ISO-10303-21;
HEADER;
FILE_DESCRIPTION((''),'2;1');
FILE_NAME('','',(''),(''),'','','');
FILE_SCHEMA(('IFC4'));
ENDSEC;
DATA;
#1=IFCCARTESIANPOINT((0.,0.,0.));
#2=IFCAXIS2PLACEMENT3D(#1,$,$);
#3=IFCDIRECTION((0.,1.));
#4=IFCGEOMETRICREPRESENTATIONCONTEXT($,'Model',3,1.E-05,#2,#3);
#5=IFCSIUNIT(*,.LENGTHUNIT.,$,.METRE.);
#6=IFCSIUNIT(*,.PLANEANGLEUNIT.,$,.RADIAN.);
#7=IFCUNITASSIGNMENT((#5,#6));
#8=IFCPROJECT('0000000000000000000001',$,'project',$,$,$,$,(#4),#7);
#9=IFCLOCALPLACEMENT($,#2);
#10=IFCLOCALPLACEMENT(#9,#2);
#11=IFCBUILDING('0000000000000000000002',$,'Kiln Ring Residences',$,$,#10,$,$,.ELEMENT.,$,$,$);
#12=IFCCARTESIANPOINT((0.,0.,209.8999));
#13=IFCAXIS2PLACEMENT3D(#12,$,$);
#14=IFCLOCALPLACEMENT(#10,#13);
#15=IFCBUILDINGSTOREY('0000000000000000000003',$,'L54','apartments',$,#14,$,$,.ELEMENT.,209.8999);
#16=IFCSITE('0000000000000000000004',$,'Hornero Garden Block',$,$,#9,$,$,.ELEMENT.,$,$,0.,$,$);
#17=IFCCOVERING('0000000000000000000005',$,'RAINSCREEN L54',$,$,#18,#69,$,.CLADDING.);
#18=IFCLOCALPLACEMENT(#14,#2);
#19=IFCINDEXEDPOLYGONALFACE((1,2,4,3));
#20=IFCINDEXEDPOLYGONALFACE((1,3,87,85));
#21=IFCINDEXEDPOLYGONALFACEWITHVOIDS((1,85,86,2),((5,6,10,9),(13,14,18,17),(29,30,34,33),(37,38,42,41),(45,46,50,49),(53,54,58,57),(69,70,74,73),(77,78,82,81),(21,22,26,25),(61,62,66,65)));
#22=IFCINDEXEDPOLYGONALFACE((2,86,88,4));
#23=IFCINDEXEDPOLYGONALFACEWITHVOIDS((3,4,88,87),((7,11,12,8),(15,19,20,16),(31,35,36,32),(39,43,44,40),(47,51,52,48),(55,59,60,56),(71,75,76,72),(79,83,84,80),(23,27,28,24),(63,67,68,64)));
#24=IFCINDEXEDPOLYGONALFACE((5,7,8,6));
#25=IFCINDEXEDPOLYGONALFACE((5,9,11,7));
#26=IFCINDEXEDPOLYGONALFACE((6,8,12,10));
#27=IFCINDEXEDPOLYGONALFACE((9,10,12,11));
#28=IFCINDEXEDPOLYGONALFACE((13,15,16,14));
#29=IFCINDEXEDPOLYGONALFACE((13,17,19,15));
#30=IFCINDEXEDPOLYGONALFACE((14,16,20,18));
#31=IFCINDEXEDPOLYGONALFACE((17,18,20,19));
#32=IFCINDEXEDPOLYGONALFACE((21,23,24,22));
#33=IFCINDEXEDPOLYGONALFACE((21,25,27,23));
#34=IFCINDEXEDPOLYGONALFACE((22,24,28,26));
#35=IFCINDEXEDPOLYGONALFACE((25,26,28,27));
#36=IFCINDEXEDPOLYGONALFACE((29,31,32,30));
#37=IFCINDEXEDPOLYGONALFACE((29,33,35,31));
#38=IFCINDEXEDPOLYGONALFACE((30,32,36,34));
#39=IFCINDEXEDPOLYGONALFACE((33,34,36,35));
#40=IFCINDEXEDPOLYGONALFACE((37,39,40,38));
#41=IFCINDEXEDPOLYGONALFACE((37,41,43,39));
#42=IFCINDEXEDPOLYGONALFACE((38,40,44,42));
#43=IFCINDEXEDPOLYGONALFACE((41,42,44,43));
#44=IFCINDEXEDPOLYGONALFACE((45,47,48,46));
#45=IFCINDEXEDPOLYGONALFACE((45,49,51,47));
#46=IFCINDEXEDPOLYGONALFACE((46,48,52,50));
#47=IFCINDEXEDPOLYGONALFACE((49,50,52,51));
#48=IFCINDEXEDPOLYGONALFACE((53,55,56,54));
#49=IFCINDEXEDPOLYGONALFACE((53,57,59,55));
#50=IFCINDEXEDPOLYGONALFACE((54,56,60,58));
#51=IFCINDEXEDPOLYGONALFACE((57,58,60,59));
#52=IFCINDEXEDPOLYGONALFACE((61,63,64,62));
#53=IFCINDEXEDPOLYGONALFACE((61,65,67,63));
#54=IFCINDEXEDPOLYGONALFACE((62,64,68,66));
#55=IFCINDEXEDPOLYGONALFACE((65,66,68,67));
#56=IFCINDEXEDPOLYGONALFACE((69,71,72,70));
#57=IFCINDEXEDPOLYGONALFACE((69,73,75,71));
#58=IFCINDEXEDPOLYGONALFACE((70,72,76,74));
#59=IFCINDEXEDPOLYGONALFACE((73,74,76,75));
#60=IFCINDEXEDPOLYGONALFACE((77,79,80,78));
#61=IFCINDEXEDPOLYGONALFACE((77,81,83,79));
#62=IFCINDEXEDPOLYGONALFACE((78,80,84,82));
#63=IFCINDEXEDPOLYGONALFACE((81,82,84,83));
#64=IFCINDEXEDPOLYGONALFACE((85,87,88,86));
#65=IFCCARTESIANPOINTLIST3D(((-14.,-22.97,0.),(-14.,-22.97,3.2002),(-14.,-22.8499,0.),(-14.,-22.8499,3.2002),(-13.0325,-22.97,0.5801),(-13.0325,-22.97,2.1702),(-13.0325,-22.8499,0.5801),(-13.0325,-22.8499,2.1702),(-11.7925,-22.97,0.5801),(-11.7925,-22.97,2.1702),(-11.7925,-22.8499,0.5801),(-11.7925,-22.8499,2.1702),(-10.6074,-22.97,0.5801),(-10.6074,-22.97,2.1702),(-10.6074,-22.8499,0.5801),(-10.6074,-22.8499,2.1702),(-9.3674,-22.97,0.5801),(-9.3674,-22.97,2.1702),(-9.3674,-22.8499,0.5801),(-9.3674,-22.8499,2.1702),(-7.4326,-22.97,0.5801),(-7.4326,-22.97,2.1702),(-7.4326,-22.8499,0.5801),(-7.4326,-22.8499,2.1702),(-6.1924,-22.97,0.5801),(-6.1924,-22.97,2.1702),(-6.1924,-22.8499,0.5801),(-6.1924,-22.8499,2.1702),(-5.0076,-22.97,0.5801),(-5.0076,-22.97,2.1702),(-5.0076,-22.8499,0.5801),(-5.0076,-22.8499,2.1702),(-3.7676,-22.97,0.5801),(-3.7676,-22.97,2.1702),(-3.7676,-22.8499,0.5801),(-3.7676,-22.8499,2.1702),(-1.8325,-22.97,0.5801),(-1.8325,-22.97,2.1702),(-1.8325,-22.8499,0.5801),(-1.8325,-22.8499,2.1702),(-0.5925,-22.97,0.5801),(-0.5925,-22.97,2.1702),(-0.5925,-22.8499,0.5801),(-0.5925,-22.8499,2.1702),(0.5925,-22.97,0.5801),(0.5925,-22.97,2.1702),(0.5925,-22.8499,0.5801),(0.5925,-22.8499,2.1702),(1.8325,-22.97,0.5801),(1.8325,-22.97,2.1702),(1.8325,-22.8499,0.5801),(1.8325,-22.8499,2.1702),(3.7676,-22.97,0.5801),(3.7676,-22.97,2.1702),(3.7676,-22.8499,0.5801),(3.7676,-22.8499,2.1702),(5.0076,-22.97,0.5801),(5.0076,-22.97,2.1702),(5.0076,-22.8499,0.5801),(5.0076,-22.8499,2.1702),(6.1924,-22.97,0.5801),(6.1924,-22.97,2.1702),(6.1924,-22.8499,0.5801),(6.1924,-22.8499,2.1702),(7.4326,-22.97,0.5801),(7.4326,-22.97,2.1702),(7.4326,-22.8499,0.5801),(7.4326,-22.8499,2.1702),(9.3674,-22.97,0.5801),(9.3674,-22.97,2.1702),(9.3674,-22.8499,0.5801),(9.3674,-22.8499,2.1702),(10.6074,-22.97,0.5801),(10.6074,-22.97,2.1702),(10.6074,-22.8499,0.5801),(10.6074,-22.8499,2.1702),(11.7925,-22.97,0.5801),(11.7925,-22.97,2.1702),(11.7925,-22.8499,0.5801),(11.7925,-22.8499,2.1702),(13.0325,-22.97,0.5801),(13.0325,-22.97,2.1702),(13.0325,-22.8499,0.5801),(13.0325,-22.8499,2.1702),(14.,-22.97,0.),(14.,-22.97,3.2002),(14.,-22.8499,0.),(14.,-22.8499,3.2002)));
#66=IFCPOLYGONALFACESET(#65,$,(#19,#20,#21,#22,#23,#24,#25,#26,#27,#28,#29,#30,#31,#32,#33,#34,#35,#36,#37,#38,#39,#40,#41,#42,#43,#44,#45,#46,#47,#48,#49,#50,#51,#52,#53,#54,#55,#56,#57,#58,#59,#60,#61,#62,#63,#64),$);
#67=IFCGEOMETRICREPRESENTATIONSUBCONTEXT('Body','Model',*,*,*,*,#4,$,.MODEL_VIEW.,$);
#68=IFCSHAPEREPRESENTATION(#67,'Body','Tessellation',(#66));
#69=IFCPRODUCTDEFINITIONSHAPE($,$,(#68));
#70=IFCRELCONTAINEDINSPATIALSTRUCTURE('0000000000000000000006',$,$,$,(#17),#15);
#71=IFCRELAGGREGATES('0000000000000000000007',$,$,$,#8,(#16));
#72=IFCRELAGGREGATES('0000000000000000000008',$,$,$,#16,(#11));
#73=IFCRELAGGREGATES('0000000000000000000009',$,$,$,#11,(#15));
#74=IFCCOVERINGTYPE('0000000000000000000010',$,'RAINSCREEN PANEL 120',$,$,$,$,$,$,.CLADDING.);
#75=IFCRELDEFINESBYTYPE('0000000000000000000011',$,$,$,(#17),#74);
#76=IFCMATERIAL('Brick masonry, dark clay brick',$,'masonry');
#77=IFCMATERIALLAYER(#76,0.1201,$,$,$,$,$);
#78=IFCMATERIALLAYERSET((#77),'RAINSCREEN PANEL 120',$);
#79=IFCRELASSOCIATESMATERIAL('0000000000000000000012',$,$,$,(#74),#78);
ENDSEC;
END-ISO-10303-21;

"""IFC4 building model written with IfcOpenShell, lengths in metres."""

from ifc_helpers import new_model, si_unit, direction, frame, origin, place, context, subcontext, project, spatial, polyline, outline, extrude, material, layer, layer_set, type_object, element, save


model = new_model("IFC4")

# Units and contexts
model_context = context("Model", 3, precision=1e-05, world=origin(), true_north=direction((0.0, 1.0)))
body_context = subcontext(model_context, "Body", "Model", "MODEL_VIEW")
ifc_project = project(units=[si_unit("LENGTHUNIT", "METRE"), si_unit("PLANEANGLEUNIT", "RADIAN")], contexts=[model_context])

# Site, building, storey
site_placement = place(None, origin())
site = spatial("IfcSite", under=ifc_project, at=site_placement, Name="Hornero Garden Block", CompositionType="ELEMENT", RefElevation=0.0)
building_placement = place(site_placement, origin())
building = spatial("IfcBuilding", under=site, at=building_placement, Name="Kiln Ring Residences", CompositionType="ELEMENT")
storey_placement = place(building_placement, frame((0.0, 0.0, 209.8999)))
storey = spatial("IfcBuildingStorey", under=building, at=storey_placement, Name="L54", Description="apartments", CompositionType="ELEMENT", Elevation=209.8999)

# Covering
ifc_material_1 = material(Name="Brick masonry, dark clay brick", Category="masonry")
ifc_layer_1 = layer(ifc_material_1, 0.1201)
ifc_layer_set_1 = layer_set([ifc_layer_1], Name="RAINSCREEN PANEL 120")
covering_type_1 = type_object("IfcCoveringType", Name="RAINSCREEN PANEL 120", PredefinedType="CLADDING", material=ifc_layer_set_1)
covering_1_placement = place(storey_placement, frame((-14.0, -22.9099, 0.0), z_axis=(0.0, 0.0, 1.0), x_axis=(1.0, 0.0, 0.0)))
element("IfcCovering", 1, at=covering_1_placement, inside=storey, type_object=covering_type_1, Name="RAINSCREEN L54", PredefinedType="CLADDING", context=body_context, shape_type="SweptSolid", body=[
    extrude(outline(polyline([(0.0, 0.0), (28.0, 0.0), (28.0, 3.2002), (0.0, 3.2002), (0.0, 0.0)]), holes=[polyline([(0.9675, 0.5801), (2.2075, 0.5801), (2.2075, 2.1702), (0.9675, 2.1702), (0.9675, 0.5801)]), polyline([(3.3926, 0.5801), (4.6326, 0.5801), (4.6326, 2.1702), (3.3926, 2.1702), (3.3926, 0.5801)]), polyline([(6.5674, 0.5801), (7.8076, 0.5801), (7.8076, 2.1702), (6.5674, 2.1702), (6.5674, 0.5801)]), polyline([(8.9924, 2.1702), (8.9924, 0.5801), (10.2324, 0.5801), (10.2324, 2.1702), (8.9924, 2.1702)]), polyline([(12.1675, 2.1702), (12.1675, 0.5801), (13.4075, 0.5801), (13.4075, 2.1702), (12.1675, 2.1702)]), polyline([(14.5925, 0.5801), (15.8325, 0.5801), (15.8325, 2.1702), (14.5925, 2.1702), (14.5925, 0.5801)]), polyline([(17.7676, 0.5801), (19.0076, 0.5801), (19.0076, 2.1702), (17.7676, 2.1702), (17.7676, 0.5801)]), polyline([(20.1924, 0.5801), (21.4326, 0.5801), (21.4326, 2.1702), (20.1924, 2.1702), (20.1924, 0.5801)]), polyline([(23.3674, 2.1702), (23.3674, 0.5801), (24.6074, 0.5801), (24.6074, 2.1702), (23.3674, 2.1702)]), polyline([(25.7925, 2.1702), (25.7925, 0.5801), (27.0325, 0.5801), (27.0325, 2.1702), (25.7925, 2.1702)])]), frame((0.0, 0.0601, 0.0), z_axis=(0.0, -1.0, 0.0), x_axis=(1.0, 0.0, 0.0)), (0.0, 0.0, 1.0), 0.1201),
])

save(model, "model.ifc")
